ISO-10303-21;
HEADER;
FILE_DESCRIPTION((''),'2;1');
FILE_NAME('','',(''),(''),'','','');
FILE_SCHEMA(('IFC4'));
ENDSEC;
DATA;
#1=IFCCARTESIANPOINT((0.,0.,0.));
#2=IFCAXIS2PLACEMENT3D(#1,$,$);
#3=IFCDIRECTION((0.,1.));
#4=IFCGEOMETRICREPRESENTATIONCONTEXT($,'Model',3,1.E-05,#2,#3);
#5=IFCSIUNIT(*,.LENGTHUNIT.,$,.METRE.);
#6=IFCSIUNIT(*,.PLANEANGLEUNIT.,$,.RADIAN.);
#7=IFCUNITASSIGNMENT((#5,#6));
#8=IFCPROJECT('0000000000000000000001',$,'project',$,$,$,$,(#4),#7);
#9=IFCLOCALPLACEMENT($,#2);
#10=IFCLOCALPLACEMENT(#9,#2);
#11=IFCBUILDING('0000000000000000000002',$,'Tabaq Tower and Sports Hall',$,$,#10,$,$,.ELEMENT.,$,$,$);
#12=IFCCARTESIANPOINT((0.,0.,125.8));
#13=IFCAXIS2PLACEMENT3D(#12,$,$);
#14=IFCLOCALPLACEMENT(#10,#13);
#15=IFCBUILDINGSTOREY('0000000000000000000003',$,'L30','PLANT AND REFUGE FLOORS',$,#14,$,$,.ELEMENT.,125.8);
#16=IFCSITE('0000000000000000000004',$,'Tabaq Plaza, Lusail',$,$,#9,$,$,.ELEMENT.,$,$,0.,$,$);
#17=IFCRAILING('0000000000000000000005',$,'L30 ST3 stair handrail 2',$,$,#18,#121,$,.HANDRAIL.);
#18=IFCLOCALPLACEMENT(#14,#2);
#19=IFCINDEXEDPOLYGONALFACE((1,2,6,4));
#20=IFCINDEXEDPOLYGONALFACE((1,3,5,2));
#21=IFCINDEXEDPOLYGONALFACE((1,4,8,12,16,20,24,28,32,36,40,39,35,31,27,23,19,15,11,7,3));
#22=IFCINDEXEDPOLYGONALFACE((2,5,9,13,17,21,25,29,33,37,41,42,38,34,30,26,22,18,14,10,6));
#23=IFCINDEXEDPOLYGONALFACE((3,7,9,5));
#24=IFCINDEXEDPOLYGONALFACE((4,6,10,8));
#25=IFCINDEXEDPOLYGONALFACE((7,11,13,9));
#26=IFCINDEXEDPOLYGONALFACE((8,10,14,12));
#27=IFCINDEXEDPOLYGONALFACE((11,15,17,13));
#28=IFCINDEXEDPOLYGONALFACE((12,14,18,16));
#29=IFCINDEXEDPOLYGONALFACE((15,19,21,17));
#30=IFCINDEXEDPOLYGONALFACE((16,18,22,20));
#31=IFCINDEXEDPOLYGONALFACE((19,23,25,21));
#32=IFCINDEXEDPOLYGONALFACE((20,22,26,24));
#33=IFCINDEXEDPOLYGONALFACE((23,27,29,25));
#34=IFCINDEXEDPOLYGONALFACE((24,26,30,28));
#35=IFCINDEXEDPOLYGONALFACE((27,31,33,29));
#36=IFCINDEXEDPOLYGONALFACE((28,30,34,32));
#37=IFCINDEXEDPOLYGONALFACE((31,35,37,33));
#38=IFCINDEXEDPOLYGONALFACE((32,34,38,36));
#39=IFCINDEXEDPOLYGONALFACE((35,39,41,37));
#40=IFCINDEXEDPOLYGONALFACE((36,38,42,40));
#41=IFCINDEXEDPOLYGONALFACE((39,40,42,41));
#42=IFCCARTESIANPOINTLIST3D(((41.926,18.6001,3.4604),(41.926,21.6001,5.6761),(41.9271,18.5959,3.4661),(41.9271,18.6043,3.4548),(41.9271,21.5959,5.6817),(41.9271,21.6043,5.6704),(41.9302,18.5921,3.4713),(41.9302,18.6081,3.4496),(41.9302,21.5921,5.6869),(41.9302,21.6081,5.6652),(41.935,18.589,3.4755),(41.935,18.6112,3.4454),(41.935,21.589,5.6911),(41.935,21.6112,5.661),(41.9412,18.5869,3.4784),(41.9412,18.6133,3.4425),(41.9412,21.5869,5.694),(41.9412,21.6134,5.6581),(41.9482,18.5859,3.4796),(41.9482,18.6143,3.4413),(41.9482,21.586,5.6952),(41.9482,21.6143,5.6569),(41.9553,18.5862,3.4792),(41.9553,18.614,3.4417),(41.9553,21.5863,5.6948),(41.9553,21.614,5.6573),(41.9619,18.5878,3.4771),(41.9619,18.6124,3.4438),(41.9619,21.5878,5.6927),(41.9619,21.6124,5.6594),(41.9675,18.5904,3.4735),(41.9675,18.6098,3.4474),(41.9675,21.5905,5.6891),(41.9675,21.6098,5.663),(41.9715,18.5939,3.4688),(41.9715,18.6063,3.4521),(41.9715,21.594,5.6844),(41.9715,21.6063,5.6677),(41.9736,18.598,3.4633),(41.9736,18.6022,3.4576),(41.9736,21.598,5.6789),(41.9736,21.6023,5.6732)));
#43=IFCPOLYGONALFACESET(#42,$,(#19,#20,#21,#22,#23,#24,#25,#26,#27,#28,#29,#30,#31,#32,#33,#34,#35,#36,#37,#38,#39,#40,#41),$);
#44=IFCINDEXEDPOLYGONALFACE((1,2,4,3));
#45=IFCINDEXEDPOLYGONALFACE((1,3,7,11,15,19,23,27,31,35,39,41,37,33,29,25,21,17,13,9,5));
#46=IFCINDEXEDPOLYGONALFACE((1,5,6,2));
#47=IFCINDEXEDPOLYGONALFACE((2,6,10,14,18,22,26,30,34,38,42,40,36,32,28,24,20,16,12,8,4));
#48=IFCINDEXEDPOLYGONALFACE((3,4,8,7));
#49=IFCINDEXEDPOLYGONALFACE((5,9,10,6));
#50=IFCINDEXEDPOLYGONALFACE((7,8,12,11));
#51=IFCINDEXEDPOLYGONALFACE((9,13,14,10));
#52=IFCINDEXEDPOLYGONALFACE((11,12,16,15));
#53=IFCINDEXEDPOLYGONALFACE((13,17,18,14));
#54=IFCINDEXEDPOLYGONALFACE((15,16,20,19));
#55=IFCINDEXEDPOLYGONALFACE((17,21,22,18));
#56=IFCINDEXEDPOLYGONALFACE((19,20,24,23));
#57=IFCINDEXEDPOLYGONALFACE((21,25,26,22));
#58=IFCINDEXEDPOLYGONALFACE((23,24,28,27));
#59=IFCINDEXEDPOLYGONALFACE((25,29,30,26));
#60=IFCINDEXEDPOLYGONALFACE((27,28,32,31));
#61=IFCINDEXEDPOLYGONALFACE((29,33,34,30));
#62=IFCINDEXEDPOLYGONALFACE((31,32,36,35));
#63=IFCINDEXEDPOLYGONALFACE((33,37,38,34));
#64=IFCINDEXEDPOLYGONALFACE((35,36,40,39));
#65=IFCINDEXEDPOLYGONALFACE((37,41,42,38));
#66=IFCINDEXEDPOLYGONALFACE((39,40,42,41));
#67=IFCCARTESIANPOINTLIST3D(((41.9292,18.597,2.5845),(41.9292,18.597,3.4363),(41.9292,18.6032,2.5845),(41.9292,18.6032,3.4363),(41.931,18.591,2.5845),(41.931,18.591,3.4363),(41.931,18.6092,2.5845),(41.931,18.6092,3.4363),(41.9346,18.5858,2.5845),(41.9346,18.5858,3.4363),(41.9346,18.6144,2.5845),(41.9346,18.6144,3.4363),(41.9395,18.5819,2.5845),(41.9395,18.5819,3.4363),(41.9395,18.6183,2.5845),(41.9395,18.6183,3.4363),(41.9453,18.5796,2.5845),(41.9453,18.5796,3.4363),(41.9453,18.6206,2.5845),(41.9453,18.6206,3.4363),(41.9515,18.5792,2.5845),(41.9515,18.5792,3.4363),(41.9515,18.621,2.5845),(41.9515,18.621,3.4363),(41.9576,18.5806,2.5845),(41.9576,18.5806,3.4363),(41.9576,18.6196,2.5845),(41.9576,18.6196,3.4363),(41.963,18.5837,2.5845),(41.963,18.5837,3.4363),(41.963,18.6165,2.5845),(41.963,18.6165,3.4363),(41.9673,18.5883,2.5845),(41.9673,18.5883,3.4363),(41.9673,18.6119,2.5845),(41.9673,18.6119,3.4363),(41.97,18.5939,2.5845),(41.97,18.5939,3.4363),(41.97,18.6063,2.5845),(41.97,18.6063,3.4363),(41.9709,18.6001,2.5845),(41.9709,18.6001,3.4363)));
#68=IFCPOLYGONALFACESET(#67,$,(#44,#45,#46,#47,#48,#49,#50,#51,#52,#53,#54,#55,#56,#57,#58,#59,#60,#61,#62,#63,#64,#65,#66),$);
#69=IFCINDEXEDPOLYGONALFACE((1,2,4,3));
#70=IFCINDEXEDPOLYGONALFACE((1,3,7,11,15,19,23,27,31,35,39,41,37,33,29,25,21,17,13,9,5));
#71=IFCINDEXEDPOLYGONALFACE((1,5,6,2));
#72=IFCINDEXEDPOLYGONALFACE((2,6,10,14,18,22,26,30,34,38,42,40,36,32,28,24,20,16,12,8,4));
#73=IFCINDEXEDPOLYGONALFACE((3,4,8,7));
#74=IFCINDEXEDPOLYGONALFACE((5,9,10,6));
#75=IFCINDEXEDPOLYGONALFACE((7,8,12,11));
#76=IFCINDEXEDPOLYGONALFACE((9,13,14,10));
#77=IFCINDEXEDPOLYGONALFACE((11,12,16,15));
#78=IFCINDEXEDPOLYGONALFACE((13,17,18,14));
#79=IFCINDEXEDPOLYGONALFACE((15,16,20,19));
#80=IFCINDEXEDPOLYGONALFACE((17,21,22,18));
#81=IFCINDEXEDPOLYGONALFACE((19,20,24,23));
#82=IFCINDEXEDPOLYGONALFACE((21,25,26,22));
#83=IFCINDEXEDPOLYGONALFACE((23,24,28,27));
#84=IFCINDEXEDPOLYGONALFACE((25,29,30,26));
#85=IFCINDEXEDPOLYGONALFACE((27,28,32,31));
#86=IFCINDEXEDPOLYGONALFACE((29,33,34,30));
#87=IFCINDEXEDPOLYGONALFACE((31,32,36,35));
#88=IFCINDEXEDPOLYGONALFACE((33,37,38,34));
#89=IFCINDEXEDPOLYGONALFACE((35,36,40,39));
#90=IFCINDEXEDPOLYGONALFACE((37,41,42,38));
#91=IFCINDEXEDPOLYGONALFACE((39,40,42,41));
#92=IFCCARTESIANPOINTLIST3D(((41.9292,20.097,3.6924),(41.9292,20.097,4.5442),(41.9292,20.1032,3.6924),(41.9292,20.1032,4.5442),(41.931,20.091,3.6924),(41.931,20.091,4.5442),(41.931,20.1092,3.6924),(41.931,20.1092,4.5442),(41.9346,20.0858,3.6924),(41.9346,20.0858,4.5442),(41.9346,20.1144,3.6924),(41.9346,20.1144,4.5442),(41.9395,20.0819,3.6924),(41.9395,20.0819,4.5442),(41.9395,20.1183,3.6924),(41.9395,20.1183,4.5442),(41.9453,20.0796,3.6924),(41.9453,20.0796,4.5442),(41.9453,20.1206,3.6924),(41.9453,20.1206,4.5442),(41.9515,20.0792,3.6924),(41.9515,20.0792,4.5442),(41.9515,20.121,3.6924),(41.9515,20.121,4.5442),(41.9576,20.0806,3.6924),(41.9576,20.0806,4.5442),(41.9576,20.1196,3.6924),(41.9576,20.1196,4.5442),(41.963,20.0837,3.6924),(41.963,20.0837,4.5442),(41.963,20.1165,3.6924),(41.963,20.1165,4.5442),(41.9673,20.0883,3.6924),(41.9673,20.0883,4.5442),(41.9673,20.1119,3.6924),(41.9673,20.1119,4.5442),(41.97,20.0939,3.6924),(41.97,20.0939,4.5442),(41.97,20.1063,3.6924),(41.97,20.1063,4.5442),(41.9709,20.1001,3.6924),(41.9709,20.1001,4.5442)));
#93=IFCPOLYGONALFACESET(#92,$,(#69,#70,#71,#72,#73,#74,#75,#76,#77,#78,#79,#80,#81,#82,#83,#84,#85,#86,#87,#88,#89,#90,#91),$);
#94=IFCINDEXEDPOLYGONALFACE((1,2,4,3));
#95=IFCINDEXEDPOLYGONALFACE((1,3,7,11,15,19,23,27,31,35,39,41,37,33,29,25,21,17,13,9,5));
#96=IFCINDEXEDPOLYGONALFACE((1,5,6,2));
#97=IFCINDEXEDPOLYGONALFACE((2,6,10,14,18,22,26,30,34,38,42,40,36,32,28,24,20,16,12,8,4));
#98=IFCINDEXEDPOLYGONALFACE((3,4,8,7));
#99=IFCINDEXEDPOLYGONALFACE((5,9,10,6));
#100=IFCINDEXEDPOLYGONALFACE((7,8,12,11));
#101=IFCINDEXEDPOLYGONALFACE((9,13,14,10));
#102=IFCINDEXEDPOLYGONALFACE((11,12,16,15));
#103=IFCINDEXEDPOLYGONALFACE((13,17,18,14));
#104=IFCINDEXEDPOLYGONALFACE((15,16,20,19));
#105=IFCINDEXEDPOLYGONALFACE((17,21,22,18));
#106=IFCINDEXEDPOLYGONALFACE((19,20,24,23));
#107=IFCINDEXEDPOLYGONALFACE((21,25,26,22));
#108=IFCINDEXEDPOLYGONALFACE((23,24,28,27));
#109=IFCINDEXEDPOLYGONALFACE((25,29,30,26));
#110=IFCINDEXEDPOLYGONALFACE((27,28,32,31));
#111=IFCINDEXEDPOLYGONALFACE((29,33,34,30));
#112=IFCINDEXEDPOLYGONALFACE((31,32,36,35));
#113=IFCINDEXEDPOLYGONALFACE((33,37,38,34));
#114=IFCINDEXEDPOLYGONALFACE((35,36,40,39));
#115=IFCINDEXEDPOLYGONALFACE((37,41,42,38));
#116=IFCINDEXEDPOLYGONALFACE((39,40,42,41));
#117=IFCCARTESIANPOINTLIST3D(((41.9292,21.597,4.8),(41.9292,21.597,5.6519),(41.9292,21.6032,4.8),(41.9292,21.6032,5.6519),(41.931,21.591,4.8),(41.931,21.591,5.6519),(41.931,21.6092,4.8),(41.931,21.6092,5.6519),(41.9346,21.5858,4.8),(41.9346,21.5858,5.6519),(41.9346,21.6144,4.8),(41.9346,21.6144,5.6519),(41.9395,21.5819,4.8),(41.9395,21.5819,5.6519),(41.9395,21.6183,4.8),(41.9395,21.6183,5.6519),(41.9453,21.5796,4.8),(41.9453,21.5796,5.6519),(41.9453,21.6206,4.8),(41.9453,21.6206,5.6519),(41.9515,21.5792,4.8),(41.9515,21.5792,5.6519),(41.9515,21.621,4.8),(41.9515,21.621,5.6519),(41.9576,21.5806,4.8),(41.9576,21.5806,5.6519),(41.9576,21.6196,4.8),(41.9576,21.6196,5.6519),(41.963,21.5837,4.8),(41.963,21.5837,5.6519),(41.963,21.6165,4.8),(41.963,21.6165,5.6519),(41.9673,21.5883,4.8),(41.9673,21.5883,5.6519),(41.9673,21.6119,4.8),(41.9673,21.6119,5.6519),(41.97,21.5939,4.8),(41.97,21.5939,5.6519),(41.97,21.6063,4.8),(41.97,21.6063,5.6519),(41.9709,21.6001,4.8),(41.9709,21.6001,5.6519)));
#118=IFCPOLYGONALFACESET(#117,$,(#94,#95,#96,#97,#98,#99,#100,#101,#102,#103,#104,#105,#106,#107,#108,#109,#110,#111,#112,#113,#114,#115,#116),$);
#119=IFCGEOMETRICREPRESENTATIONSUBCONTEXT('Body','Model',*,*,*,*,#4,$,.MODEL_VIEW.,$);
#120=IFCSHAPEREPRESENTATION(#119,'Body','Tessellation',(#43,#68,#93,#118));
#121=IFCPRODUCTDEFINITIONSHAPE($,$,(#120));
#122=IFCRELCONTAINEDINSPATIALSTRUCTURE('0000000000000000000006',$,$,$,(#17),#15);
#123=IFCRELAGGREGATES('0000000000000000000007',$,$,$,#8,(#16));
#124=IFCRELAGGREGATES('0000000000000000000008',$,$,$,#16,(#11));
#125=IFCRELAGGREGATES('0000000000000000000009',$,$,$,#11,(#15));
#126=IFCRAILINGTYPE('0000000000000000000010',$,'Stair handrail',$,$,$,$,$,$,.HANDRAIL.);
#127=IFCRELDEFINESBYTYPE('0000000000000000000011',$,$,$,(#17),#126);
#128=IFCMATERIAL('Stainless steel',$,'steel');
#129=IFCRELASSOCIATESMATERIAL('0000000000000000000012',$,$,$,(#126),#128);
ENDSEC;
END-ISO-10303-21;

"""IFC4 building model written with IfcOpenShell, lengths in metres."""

from ifc_helpers import new_model, si_unit, direction, frame, origin, origin_2d, place, context, subcontext, project, spatial, circle, extrude, material, type_object, element, save


model = new_model("IFC4")

# Units and contexts
model_context = context("Model", 3, precision=1e-05, world=origin(), true_north=direction((0.0, 1.0)))
body_context = subcontext(model_context, "Body", "Model", "MODEL_VIEW")
ifc_project = project(units=[si_unit("LENGTHUNIT", "METRE"), si_unit("PLANEANGLEUNIT", "RADIAN")], contexts=[model_context])

# Site, building, storey
site_placement = place(None, origin())
site = spatial("IfcSite", under=ifc_project, at=site_placement, Name="Tabaq Plaza, Lusail", CompositionType="ELEMENT", RefElevation=0.0)
building_placement = place(site_placement, origin())
building = spatial("IfcBuilding", under=site, at=building_placement, Name="Tabaq Tower and Sports Hall", CompositionType="ELEMENT")
storey_placement = place(building_placement, frame((0.0, 0.0, 125.8)))
storey = spatial("IfcBuildingStorey", under=building, at=storey_placement, Name="L30", Description="PLANT AND REFUGE FLOORS", CompositionType="ELEMENT", Elevation=125.8)

# Railing
ifc_material_1 = material(Name="Stainless steel", Category="steel")
railing_type = type_object("IfcRailingType", Name="Stair handrail", PredefinedType="HANDRAIL", material=ifc_material_1)
railing_1_placement = place(storey_placement, frame((41.95, 18.6001, 2.5845)))
element("IfcRailing", 1, at=railing_1_placement, inside=storey, type_object=railing_type, Name="L30 ST3 stair handrail 2", PredefinedType="HANDRAIL", context=body_context, shape_type="SweptSolid", body=[
    extrude(circle(Radius=0.0239, at=origin_2d()), frame((0.0, 0.0, 0.876), z_axis=(0.0, 0.804409, 0.594076), x_axis=(-1.0, 0.0, 0.0)), (0.0, 0.0, 1.0), 3.7295),
    extrude(circle(Radius=0.021, at=origin_2d()), origin(), (0.0, 0.0, 1.0), 0.8518),
    extrude(circle(Radius=0.021, at=origin_2d()), frame((0.0, 1.5, 1.1079)), (0.0, 0.0, 1.0), 0.8518),
    extrude(circle(Radius=0.021, at=origin_2d()), frame((0.0, 3.0, 2.2156)), (0.0, 0.0, 1.0), 0.8518),
])

save(model, "model.ifc")
